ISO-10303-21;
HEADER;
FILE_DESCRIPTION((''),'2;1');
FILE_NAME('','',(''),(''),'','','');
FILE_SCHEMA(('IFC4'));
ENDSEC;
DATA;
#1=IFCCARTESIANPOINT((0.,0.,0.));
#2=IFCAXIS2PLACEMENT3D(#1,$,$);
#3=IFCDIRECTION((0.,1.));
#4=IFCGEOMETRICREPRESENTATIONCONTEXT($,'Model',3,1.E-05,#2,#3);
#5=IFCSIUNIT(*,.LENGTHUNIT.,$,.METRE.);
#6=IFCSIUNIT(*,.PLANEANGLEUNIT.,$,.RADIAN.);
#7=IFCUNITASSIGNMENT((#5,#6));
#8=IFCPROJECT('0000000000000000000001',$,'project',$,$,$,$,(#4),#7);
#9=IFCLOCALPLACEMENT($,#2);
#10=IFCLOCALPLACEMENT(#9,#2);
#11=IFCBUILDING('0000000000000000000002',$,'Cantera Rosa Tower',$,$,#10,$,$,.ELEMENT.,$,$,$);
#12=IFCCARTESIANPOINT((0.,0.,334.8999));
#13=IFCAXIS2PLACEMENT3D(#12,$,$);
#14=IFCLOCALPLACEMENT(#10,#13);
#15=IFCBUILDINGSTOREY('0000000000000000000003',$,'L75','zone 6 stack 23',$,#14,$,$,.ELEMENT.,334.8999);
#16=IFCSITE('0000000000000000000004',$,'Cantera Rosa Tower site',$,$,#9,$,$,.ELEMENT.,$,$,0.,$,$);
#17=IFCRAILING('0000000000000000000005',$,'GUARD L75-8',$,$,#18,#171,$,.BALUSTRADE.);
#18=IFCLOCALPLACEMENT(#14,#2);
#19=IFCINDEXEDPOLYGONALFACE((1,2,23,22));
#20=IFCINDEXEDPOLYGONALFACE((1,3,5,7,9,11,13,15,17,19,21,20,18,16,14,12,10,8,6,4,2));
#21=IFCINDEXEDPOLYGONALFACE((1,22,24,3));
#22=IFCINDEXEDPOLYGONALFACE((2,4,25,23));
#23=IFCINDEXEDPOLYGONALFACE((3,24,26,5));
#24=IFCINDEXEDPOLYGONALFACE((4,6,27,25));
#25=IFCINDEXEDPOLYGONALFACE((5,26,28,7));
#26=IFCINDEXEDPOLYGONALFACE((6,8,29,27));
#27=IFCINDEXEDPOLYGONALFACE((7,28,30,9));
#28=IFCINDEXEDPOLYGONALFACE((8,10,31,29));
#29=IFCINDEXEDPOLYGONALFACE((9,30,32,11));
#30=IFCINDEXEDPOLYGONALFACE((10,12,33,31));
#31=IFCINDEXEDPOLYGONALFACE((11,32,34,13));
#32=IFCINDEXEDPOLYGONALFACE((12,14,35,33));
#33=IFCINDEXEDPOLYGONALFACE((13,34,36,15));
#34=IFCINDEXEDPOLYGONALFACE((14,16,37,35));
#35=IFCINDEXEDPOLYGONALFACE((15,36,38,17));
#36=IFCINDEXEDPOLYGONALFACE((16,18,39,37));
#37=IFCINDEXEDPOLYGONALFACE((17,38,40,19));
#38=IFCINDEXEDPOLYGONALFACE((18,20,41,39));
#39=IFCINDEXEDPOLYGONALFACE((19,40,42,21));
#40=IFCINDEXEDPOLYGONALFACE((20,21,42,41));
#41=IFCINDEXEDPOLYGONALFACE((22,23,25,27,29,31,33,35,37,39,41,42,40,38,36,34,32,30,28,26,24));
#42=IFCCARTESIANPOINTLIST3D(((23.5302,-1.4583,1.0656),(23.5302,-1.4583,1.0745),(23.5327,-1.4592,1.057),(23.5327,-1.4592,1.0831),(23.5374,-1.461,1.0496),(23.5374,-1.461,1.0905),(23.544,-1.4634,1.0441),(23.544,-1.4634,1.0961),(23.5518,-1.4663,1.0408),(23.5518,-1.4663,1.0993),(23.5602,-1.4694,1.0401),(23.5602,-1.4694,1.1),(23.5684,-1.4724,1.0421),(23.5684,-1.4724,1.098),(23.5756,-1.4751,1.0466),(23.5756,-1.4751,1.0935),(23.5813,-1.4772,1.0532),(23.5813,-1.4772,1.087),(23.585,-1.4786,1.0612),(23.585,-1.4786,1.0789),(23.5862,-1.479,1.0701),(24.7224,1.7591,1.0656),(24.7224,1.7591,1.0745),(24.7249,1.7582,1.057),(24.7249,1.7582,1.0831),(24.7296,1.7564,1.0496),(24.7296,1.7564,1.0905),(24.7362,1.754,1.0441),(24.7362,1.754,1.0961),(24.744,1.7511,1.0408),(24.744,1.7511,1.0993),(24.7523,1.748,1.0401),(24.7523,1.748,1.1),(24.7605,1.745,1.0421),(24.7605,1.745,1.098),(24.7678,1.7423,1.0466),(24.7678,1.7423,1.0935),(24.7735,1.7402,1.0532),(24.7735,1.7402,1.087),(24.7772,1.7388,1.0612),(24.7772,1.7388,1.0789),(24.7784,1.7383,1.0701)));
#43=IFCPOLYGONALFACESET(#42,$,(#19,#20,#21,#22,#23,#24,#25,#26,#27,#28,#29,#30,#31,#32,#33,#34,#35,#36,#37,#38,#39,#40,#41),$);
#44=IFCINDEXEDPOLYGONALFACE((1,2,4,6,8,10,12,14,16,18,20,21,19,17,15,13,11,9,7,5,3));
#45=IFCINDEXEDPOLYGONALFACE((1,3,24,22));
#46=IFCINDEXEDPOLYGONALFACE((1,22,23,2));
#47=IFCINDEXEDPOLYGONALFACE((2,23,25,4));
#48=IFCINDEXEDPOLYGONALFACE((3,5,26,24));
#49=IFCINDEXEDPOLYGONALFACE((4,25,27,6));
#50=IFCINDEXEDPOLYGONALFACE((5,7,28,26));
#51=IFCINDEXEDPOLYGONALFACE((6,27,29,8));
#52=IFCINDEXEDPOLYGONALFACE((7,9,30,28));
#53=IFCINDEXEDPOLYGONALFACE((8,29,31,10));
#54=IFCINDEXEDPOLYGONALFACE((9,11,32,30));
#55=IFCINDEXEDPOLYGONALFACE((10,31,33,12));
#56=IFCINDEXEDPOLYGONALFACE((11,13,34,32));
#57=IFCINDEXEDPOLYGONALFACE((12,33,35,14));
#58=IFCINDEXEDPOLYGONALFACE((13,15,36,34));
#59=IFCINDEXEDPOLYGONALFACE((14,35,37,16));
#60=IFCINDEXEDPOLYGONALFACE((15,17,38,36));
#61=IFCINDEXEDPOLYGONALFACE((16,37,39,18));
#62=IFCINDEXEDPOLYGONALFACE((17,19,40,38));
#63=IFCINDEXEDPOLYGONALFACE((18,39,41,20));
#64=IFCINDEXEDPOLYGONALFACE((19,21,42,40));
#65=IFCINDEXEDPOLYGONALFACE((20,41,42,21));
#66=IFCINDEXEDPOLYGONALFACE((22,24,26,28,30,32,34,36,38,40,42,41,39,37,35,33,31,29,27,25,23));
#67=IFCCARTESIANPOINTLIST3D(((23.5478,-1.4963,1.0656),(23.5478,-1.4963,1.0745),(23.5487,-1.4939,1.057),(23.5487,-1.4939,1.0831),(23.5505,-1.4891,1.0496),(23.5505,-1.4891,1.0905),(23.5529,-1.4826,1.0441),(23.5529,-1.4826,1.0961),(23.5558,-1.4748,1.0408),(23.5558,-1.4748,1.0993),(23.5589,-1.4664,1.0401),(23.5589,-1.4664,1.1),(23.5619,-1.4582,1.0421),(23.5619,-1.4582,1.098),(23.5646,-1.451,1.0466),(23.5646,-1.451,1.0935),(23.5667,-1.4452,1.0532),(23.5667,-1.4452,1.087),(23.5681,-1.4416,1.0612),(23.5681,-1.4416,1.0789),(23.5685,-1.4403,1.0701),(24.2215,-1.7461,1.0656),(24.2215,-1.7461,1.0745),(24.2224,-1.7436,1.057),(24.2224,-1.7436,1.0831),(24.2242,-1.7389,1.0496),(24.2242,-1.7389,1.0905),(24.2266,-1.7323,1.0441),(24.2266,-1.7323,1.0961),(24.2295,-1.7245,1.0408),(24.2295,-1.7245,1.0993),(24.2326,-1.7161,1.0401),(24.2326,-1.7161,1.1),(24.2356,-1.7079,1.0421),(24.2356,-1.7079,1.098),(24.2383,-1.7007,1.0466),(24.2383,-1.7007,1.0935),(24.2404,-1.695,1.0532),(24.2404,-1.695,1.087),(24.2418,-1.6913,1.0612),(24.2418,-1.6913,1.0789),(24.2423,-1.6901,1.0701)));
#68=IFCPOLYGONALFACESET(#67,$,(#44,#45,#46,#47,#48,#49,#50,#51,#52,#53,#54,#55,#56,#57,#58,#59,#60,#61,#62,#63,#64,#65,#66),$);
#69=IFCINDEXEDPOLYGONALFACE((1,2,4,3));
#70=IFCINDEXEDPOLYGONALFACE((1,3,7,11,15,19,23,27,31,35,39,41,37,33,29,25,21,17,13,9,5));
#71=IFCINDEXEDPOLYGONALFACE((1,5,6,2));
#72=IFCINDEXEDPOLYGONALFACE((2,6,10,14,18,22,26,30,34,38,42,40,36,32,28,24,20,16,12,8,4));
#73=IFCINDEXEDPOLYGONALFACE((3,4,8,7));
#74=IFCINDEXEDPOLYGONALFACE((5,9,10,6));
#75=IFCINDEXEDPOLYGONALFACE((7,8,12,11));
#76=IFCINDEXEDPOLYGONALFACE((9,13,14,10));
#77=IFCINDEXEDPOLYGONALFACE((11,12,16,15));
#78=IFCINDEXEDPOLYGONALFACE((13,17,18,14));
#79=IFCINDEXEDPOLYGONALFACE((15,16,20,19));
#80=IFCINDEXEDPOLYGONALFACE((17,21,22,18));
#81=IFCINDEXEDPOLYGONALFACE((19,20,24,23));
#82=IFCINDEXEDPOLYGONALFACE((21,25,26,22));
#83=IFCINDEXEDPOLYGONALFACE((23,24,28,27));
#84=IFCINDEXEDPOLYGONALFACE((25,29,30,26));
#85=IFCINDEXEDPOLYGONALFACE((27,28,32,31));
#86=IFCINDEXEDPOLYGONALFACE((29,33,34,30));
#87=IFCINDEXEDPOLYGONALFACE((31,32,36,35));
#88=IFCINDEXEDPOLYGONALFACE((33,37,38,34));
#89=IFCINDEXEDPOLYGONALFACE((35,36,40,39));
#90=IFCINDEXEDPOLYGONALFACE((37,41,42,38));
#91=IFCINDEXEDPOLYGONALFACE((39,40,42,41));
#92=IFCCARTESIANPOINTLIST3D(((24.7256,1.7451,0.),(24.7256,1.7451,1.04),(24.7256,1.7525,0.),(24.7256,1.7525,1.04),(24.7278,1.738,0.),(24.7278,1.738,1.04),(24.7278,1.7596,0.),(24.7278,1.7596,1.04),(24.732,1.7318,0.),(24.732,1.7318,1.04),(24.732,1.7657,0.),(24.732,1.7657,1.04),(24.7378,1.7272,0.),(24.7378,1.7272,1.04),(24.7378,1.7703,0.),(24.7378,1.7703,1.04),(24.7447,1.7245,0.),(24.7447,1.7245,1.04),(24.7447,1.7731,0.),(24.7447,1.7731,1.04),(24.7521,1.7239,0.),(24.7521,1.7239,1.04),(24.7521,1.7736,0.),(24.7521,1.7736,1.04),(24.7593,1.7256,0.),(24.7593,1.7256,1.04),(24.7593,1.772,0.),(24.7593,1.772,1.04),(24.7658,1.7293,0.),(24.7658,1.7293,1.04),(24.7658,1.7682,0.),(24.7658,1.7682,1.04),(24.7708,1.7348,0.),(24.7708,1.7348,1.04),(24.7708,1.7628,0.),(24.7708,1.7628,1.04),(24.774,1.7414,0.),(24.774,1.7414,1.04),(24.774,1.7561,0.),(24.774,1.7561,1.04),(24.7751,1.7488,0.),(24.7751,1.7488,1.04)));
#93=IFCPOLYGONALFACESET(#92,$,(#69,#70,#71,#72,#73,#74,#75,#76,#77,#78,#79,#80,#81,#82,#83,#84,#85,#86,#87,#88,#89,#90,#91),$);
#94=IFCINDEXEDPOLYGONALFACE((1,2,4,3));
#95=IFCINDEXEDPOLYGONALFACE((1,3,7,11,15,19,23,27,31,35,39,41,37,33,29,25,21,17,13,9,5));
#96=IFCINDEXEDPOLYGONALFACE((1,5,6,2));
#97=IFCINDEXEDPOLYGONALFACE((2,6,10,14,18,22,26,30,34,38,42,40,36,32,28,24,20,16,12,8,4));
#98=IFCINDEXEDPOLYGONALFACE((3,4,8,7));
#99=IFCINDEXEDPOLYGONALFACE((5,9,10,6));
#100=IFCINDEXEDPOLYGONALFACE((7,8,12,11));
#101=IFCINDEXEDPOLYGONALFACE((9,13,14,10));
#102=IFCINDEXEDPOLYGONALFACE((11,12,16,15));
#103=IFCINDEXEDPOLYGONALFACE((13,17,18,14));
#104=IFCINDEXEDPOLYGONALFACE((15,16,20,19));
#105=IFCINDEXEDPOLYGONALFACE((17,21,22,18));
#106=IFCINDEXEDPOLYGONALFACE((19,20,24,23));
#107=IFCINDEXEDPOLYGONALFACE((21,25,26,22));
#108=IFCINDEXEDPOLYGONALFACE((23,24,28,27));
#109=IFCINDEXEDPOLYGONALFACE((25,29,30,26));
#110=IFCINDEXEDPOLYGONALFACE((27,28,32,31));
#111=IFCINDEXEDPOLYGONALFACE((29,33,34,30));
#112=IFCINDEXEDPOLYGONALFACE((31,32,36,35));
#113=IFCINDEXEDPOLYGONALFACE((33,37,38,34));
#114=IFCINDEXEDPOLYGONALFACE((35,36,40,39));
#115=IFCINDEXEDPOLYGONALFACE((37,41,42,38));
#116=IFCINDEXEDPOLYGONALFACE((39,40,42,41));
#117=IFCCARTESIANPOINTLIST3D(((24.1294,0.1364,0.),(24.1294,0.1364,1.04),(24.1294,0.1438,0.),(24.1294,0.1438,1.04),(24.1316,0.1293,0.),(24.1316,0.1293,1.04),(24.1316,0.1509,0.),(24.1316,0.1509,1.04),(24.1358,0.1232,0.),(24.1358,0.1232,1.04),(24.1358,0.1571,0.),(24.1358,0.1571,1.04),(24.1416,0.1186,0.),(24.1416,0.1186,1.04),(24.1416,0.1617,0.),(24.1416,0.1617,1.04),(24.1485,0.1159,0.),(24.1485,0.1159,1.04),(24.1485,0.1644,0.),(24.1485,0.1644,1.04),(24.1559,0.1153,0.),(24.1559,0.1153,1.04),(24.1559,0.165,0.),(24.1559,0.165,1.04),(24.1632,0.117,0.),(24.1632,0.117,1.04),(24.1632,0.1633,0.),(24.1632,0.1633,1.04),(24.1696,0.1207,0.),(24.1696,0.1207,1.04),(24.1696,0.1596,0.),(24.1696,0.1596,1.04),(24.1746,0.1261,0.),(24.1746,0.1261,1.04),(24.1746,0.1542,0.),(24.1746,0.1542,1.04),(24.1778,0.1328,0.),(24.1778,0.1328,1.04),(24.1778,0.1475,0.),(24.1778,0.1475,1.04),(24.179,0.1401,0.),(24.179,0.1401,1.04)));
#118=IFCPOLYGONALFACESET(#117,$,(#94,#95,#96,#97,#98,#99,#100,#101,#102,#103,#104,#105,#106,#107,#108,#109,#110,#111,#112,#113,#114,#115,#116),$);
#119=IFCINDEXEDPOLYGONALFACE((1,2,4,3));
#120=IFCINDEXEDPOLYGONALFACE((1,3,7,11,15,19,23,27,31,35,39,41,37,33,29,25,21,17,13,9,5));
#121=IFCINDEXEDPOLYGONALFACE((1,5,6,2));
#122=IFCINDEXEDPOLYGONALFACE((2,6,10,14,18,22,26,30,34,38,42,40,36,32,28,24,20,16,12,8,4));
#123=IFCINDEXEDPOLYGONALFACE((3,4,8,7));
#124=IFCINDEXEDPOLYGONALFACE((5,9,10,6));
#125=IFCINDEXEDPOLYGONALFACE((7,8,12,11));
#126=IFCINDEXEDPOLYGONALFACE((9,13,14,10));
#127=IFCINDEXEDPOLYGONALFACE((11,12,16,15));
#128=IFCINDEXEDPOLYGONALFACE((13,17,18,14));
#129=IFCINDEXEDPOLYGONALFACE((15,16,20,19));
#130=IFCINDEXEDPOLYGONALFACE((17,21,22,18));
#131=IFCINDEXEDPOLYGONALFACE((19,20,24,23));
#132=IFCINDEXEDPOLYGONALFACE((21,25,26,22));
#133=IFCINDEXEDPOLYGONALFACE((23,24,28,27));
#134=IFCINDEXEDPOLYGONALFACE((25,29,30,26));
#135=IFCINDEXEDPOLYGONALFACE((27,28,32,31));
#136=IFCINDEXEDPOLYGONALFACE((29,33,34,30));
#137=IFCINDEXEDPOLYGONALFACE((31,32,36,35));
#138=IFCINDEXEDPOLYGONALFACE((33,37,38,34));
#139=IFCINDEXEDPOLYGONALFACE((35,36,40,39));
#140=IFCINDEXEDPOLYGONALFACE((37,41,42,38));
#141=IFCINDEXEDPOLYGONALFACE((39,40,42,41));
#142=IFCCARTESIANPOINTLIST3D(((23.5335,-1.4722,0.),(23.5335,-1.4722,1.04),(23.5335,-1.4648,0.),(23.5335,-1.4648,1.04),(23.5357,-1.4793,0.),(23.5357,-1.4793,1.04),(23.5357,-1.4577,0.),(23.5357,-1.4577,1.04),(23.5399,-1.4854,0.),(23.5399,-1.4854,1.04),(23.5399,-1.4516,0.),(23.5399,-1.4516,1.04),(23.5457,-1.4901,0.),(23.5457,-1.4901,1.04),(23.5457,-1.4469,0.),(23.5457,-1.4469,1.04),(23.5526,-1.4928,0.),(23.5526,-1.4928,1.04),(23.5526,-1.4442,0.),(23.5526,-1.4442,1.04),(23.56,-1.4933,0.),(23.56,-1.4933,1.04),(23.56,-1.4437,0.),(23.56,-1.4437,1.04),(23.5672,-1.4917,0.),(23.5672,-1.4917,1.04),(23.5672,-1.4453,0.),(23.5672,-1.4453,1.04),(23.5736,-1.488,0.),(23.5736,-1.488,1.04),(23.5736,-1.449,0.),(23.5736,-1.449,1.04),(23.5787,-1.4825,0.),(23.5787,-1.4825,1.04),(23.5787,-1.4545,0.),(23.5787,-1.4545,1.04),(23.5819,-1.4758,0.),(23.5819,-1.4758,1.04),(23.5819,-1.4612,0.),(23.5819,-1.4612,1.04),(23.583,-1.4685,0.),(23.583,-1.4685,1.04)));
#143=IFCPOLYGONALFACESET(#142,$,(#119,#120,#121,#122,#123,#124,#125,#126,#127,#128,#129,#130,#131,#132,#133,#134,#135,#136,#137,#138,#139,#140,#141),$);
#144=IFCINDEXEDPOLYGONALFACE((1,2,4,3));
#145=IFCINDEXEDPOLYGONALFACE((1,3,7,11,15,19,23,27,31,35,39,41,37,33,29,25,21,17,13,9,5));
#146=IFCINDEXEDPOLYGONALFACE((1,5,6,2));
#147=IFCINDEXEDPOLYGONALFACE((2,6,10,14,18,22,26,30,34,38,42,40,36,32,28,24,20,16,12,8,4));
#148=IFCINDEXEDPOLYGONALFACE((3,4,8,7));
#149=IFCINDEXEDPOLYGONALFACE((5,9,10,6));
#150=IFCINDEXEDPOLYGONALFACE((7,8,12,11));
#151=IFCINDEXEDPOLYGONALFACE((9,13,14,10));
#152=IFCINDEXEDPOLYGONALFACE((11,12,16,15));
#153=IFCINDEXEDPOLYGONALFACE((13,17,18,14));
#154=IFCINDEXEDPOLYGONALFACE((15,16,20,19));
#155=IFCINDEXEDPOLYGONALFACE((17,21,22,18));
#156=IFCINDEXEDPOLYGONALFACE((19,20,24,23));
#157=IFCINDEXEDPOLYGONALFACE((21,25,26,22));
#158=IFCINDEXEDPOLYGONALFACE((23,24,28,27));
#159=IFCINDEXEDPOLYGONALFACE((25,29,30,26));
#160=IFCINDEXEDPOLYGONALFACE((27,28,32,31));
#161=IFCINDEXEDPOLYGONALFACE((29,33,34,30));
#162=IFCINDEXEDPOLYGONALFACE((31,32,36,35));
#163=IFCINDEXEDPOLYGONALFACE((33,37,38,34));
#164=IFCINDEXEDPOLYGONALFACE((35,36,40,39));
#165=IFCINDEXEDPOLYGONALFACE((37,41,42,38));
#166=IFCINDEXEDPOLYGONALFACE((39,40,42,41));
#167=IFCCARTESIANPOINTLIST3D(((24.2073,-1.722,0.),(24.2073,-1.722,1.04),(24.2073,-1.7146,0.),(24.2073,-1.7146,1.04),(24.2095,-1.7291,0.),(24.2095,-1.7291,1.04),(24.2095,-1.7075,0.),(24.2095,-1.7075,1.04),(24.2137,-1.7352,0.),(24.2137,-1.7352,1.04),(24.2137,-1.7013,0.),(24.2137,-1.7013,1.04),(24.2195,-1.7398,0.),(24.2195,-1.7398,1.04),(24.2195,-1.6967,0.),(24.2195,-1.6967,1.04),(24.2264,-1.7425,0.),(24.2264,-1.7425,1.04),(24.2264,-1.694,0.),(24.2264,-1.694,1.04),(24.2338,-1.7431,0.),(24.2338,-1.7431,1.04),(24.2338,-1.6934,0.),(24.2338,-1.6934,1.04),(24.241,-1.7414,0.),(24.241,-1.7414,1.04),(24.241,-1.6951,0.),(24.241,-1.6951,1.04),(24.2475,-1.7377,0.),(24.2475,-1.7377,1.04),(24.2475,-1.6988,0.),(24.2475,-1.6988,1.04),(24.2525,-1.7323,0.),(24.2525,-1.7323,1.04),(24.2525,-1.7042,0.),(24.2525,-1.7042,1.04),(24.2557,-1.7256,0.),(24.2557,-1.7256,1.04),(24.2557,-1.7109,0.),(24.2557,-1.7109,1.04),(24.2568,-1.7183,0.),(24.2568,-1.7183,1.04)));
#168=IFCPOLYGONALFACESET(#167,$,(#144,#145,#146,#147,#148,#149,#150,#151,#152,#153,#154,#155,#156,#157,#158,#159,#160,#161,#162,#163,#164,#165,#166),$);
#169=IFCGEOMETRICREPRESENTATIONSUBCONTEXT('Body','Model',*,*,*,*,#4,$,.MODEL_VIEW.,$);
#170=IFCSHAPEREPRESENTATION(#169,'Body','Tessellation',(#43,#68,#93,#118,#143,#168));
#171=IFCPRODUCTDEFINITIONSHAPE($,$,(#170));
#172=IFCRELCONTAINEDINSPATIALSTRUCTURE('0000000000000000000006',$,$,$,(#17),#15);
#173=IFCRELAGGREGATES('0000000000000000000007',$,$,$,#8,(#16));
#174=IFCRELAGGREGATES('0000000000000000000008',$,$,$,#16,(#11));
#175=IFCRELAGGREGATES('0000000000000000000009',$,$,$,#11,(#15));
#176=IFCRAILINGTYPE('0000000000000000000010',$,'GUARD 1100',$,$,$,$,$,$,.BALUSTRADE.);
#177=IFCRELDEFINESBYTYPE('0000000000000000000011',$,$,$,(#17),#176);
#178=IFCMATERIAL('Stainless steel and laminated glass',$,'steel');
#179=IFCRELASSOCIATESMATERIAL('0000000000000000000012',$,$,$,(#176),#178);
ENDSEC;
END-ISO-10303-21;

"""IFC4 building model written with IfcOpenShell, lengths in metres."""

from ifc_helpers import new_model, si_unit, direction, frame, origin, origin_2d, place, context, subcontext, project, spatial, circle, extrude, material, type_object, element, save


model = new_model("IFC4")

# Units and contexts
model_context = context("Model", 3, precision=1e-05, world=origin(), true_north=direction((0.0, 1.0)))
body_context = subcontext(model_context, "Body", "Model", "MODEL_VIEW")
ifc_project = project(units=[si_unit("LENGTHUNIT", "METRE"), si_unit("PLANEANGLEUNIT", "RADIAN")], contexts=[model_context])

# Site, building, storey
site_placement = place(None, origin())
site = spatial("IfcSite", under=ifc_project, at=site_placement, Name="Cantera Rosa Tower site", CompositionType="ELEMENT", RefElevation=0.0)
building_placement = place(site_placement, origin())
building = spatial("IfcBuilding", under=site, at=building_placement, Name="Cantera Rosa Tower", CompositionType="ELEMENT")
storey_placement = place(building_placement, frame((0.0, 0.0, 334.8999)))
storey = spatial("IfcBuildingStorey", under=building, at=storey_placement, Name="L75", Description="zone 6 stack 23", CompositionType="ELEMENT", Elevation=334.8999)

# Railing
ifc_material_1 = material(Name="Stainless steel and laminated glass", Category="steel")
railing_type_1 = type_object("IfcRailingType", Name="GUARD 1100", PredefinedType="BALUSTRADE", material=ifc_material_1)
railing_1_placement = place(storey_placement, frame((24.7502, 1.7488, 0.0)))
element("IfcRailing", 1, at=railing_1_placement, inside=storey, type_object=railing_type_1, Name="GUARD L75-8", PredefinedType="BALUSTRADE", context=body_context, shape_type="SweptSolid", body=[
    extrude(circle(Radius=0.03, at=origin_2d()), frame((0.0, 0.0, 1.0701), z_axis=(-0.347456, -0.937696, 0.0), x_axis=(0.937696, -0.347456, 0.0)), (0.0, 0.0, 1.0), 3.4312),
    extrude(circle(Radius=0.03, at=origin_2d()), frame((-1.1921, -3.2173, 1.0701), z_axis=(0.937663, -0.347547, 0.0), x_axis=(0.347547, 0.937663, 0.0)), (0.0, 0.0, 1.0), 0.7185),
    extrude(circle(Radius=0.0249, at=origin_2d()), origin(), (0.0, 0.0, 1.0), 1.04),
    extrude(circle(Radius=0.0249, at=origin_2d()), frame((-0.5962, -1.6086, 0.0)), (0.0, 0.0, 1.0), 1.04),
    extrude(circle(Radius=0.0249, at=origin_2d()), frame((-1.1921, -3.2173, 0.0)), (0.0, 0.0, 1.0), 1.04),
    extrude(circle(Radius=0.0249, at=origin_2d()), frame((-0.5183, -3.467, 0.0)), (0.0, 0.0, 1.0), 1.04),
])

save(model, "model.ifc")
